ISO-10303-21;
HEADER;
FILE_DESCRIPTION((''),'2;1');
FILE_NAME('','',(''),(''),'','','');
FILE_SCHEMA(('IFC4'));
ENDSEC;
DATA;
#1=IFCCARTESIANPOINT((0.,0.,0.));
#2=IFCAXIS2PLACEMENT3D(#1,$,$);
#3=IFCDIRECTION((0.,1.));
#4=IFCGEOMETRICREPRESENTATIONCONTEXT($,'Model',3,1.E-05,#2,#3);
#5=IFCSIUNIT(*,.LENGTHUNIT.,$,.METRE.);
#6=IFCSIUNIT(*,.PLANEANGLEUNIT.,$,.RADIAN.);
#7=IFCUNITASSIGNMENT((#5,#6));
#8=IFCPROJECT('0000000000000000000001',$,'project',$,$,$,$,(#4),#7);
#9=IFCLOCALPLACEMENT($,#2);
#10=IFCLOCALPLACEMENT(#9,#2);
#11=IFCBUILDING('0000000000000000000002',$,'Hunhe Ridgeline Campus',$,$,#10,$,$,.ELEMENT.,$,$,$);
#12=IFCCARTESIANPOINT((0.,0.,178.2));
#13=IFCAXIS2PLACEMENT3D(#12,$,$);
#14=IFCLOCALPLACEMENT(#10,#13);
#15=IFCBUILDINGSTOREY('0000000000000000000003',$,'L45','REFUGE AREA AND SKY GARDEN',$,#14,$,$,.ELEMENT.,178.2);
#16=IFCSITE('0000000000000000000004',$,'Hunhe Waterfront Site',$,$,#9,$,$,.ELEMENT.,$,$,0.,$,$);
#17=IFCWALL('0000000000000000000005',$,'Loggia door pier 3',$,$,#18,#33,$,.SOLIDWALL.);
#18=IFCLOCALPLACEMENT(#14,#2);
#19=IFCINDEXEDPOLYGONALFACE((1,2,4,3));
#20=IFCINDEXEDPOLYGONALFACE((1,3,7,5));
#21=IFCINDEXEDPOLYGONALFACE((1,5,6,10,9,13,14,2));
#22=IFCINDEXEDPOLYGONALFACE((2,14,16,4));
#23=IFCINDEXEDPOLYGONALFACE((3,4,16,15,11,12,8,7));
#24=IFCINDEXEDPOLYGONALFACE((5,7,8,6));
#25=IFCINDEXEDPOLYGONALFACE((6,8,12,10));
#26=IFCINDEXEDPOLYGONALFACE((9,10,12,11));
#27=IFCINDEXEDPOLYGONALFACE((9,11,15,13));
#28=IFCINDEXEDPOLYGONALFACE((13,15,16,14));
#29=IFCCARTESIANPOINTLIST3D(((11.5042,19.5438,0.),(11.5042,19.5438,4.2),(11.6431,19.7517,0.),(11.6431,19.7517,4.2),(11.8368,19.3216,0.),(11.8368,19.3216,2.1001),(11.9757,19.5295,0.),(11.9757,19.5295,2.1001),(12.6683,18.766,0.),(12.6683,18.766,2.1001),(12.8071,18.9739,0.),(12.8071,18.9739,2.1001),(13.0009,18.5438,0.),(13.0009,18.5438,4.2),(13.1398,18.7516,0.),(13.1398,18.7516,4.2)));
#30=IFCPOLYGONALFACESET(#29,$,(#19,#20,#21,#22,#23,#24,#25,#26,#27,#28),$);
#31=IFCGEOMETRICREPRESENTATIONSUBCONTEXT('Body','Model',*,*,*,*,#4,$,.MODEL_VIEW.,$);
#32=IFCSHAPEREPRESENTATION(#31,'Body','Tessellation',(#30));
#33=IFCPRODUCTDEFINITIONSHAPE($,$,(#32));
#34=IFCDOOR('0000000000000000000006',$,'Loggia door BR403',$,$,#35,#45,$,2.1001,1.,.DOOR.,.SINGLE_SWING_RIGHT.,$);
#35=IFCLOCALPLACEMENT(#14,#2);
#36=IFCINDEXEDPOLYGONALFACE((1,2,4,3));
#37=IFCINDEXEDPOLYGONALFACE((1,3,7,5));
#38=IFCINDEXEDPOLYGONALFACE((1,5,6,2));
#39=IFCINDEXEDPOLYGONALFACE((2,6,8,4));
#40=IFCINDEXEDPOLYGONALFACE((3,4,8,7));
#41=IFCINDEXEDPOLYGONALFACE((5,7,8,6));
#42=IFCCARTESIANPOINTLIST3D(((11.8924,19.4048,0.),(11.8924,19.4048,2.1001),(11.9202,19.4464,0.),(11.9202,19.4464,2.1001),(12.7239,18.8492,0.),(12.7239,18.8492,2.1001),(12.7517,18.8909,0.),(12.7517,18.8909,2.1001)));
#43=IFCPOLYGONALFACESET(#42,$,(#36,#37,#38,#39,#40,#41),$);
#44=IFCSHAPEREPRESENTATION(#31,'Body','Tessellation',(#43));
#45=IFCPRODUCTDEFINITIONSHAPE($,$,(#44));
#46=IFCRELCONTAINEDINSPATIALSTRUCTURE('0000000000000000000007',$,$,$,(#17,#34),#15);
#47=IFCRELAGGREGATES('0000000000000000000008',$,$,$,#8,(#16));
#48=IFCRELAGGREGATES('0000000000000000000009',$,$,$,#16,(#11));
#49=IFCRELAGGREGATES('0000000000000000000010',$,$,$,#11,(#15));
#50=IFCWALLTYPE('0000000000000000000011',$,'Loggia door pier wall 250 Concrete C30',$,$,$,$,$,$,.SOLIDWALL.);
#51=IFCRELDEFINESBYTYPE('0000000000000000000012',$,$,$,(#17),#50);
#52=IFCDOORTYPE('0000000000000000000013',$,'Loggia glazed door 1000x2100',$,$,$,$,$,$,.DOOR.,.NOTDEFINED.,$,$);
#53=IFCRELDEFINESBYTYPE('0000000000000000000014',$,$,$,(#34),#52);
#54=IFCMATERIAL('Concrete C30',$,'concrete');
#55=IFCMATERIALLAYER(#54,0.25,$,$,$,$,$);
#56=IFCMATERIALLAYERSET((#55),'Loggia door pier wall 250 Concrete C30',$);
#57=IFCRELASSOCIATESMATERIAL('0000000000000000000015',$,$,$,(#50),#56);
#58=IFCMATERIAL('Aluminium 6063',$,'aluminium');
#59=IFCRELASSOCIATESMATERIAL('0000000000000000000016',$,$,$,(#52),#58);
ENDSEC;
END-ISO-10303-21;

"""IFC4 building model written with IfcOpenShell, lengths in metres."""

from ifc_helpers import new_model, si_unit, direction, frame, frame_2d, origin, place, context, subcontext, project, spatial, rectangle, extrude, material, layer, layer_set, type_object, element, fill, save


model = new_model("IFC4")

# Units and contexts
model_context = context("Model", 3, precision=1e-05, world=origin(), true_north=direction((0.0, 1.0)))
body_context = subcontext(model_context, "Body", "Model", "MODEL_VIEW")
ifc_project = project(units=[si_unit("LENGTHUNIT", "METRE"), si_unit("PLANEANGLEUNIT", "RADIAN")], contexts=[model_context])

# Site, building, storey
site_placement = place(None, origin())
site = spatial("IfcSite", under=ifc_project, at=site_placement, Name="Hunhe Waterfront Site", CompositionType="ELEMENT", RefElevation=0.0)
building_placement = place(site_placement, origin())
building = spatial("IfcBuilding", under=site, at=building_placement, Name="Hunhe Ridgeline Campus", CompositionType="ELEMENT")
storey_placement = place(building_placement, frame((0.0, 0.0, 178.2)))
storey = spatial("IfcBuildingStorey", under=building, at=storey_placement, Name="L45", Description="REFUGE AREA AND SKY GARDEN", CompositionType="ELEMENT", Elevation=178.2)

# Shared definitions
ifc_material_1 = material(Name="Aluminium 6063", Category="aluminium")

# Wall, opening, door
ifc_material_2 = material(Name="Concrete C30", Category="concrete")
ifc_layer_1 = layer(ifc_material_2, 0.25)
ifc_layer_set_1 = layer_set([ifc_layer_1], Name="Loggia door pier wall 250 Concrete C30")
wall_type = type_object("IfcWallType", Name="Loggia door pier wall 250 Concrete C30", PredefinedType="SOLIDWALL", material=ifc_layer_set_1)
door_type = type_object("IfcDoorType", Name="Loggia glazed door 1000x2100", OperationType="NOTDEFINED", PredefinedType="DOOR", material=ifc_material_1)
wall_1_placement = place(storey_placement, frame((11.5737, 19.6477, 0.0), z_axis=(0.0, 0.0, 1.0), x_axis=(0.831466, -0.555576, 0.0)))
wall_1 = element("IfcWall", 1, at=wall_1_placement, inside=storey, type_object=wall_type, Name="Loggia door pier 3", PredefinedType="SOLIDWALL", context=body_context, shape_type="SweptSolid", body=[
    extrude(rectangle(XDim=1.8, YDim=0.25, at=frame_2d((0.8999, 0.0))), origin(), (0.0, 0.0, 1.0), 4.2),
])
opening_1_placement = place(wall_1_placement, frame((0.3999, 0.0, 0.0)))
opening_1 = element("IfcOpeningElement", 2, at=opening_1_placement, cuts=wall_1, PredefinedType="OPENING", context=body_context, shape_type="SweptSolid", body=[
    extrude(rectangle(XDim=1.0, YDim=2.1001, at=frame_2d((0.5, 1.05))), frame((0.0, 0.125, 0.0), z_axis=(0.0, -1.0, 0.0), x_axis=(1.0, 0.0, 0.0)), (0.0, 0.0, 1.0), 0.25),
])
door_1_placement = place(opening_1_placement, frame((1.0, 0.0, 0.0), z_axis=(0.0, 0.0, 1.0), x_axis=(-1.0, 0.0, 0.0)))
door_1 = element("IfcDoor", 3, at=door_1_placement, inside=storey, type_object=door_type, Name="Loggia door BR403", OperationType="SINGLE_SWING_RIGHT", OverallHeight=2.1001, OverallWidth=1.0, PredefinedType="DOOR", context=body_context, shape_type="SweptSolid", body=[
    extrude(rectangle(XDim=1.0, YDim=2.1001, at=frame_2d((0.5, 1.05))), frame((0.0, 0.0249, 0.0), z_axis=(0.0, -1.0, 0.0), x_axis=(1.0, 0.0, 0.0)), (0.0, 0.0, 1.0), 0.05),
])
fill(opening_1, door_1)

save(model, "model.ifc")
